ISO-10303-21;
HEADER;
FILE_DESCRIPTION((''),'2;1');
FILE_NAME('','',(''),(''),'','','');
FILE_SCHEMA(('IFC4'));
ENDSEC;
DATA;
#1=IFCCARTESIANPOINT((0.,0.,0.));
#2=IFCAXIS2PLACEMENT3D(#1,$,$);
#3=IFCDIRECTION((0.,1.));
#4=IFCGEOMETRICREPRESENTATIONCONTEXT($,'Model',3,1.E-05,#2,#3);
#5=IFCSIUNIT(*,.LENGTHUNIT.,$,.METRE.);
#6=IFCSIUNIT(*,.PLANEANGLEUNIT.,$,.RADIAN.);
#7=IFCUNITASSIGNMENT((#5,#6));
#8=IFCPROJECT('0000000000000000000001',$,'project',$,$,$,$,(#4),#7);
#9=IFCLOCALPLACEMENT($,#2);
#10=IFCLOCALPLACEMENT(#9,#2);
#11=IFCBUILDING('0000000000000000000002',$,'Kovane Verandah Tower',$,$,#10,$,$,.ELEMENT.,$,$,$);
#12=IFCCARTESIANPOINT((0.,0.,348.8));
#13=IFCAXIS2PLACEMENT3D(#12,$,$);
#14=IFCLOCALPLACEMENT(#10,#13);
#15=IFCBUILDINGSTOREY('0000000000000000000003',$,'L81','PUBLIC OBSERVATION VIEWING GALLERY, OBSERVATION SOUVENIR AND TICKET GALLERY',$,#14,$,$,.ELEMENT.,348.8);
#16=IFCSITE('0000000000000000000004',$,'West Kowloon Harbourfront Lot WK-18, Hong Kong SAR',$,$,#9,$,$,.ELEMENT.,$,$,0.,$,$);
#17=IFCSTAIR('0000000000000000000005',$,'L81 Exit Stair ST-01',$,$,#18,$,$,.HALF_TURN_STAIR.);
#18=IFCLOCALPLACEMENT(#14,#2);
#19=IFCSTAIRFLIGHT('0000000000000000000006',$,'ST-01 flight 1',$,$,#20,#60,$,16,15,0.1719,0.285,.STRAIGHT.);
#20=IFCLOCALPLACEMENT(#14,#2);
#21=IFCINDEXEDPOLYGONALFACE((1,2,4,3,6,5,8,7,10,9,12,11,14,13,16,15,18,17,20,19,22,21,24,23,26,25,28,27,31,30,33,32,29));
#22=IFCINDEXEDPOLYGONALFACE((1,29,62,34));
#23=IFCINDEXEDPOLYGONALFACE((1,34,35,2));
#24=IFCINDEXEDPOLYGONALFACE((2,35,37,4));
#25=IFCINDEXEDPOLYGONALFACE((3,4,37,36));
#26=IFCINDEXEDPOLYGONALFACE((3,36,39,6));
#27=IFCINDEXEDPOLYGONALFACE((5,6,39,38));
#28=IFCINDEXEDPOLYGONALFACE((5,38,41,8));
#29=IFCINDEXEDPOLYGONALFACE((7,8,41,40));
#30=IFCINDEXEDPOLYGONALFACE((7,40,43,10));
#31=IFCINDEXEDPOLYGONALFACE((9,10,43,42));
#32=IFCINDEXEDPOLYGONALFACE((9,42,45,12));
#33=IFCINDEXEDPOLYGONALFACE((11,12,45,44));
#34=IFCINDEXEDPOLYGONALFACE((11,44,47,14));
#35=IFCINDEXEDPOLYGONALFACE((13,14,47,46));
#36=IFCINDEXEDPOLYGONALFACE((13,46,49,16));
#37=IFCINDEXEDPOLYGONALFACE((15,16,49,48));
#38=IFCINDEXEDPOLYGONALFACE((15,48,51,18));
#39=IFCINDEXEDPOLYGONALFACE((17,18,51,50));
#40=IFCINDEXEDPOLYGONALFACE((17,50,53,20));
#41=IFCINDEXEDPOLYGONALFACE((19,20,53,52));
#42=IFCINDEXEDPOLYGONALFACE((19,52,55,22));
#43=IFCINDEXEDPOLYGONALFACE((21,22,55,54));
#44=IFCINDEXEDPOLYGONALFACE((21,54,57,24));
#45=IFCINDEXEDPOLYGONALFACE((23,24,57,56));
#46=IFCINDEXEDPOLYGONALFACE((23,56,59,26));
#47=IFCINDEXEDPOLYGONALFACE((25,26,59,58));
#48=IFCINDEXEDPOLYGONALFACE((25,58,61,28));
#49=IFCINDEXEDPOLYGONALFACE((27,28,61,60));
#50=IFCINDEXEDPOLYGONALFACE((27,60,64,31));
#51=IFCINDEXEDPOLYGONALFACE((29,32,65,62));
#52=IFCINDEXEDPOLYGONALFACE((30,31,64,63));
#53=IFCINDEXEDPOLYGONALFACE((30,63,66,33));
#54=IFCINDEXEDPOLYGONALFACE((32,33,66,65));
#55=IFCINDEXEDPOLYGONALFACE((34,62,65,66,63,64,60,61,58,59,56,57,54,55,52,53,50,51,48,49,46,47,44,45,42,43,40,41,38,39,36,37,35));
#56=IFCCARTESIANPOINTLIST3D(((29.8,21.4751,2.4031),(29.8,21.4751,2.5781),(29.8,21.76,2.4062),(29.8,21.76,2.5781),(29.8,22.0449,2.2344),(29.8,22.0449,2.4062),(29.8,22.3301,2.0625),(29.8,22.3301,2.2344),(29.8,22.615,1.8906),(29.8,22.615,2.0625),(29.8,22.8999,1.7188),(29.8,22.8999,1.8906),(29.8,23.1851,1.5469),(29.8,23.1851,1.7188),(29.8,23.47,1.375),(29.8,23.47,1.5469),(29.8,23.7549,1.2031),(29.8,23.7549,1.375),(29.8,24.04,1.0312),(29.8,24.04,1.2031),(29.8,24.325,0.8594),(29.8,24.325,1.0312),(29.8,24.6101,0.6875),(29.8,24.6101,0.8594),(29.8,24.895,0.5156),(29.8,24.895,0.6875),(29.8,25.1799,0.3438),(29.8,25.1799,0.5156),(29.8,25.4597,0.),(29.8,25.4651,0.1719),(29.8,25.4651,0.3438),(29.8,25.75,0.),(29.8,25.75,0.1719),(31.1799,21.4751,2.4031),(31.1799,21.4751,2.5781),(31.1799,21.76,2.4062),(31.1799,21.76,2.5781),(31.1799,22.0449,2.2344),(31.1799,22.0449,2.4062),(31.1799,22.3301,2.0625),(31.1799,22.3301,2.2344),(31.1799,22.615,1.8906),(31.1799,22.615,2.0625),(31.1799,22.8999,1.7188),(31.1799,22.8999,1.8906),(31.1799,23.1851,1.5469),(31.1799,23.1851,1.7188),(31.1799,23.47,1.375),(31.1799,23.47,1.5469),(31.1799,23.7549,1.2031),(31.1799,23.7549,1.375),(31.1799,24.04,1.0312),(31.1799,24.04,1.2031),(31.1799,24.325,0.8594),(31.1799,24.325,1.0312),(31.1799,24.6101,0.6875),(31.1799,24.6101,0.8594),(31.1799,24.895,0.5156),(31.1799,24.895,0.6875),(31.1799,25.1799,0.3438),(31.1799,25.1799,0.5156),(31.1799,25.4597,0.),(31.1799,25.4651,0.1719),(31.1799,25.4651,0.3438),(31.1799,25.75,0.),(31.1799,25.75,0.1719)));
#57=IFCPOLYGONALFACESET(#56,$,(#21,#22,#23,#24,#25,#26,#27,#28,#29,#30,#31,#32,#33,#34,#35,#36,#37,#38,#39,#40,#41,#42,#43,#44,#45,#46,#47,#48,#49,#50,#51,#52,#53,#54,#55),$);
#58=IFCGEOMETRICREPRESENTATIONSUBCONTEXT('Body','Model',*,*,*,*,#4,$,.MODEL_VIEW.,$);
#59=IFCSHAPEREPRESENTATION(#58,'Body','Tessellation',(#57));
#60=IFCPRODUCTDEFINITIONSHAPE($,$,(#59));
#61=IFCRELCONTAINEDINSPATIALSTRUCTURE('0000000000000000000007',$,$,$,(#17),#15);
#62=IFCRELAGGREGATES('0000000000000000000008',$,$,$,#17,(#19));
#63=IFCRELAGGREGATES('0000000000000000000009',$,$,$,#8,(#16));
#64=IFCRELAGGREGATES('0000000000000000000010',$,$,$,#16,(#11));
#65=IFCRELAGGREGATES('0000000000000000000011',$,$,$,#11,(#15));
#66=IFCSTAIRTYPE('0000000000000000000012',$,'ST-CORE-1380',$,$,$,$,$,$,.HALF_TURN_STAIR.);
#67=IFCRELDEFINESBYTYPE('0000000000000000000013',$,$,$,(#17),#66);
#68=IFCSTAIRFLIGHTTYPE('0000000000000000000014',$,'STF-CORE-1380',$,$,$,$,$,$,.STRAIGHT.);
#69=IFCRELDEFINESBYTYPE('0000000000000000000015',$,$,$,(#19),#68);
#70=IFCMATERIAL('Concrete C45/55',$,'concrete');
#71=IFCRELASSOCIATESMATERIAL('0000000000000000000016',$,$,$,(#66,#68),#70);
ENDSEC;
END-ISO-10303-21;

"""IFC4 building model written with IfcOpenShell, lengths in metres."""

from ifc_helpers import new_model, si_unit, direction, frame, origin, place, context, subcontext, project, spatial, polyline, outline, extrude, material, type_object, element, aggregate, save


model = new_model("IFC4")

# Units and contexts
model_context = context("Model", 3, precision=1e-05, world=origin(), true_north=direction((0.0, 1.0)))
body_context = subcontext(model_context, "Body", "Model", "MODEL_VIEW")
ifc_project = project(units=[si_unit("LENGTHUNIT", "METRE"), si_unit("PLANEANGLEUNIT", "RADIAN")], contexts=[model_context])

# Site, building, storey
site_placement = place(None, origin())
site = spatial("IfcSite", under=ifc_project, at=site_placement, Name="West Kowloon Harbourfront Lot WK-18, Hong Kong SAR", CompositionType="ELEMENT", RefElevation=0.0)
building_placement = place(site_placement, origin())
building = spatial("IfcBuilding", under=site, at=building_placement, Name="Kovane Verandah Tower", CompositionType="ELEMENT")
storey_placement = place(building_placement, frame((0.0, 0.0, 348.8)))
storey = spatial("IfcBuildingStorey", under=building, at=storey_placement, Name="L81", Description="PUBLIC OBSERVATION VIEWING GALLERY, OBSERVATION SOUVENIR AND TICKET GALLERY", CompositionType="ELEMENT", Elevation=348.8)

# Shared definitions
ifc_material_1 = material(Name="Concrete C45/55", Category="concrete")

# Stair, stair flight
stair_type = type_object("IfcStairType", Name="ST-CORE-1380", PredefinedType="HALF_TURN_STAIR", material=ifc_material_1)
stair_placement = place(storey_placement, origin())
stair = element("IfcStair", 1, at=stair_placement, inside=storey, type_object=stair_type, Name="L81 Exit Stair ST-01", PredefinedType="HALF_TURN_STAIR")
stair_flight_type = type_object("IfcStairFlightType", Name="STF-CORE-1380", PredefinedType="STRAIGHT", material=ifc_material_1)
stair_flight_placement = place(storey_placement, frame((30.49, 25.75, 0.0), z_axis=(0.0, 0.0, 1.0), x_axis=(0.0, -1.0, 0.0)))
stair_flight = element("IfcStairFlight", 2, at=stair_flight_placement, type_object=stair_flight_type, Name="ST-01 flight 1", NumberOfRisers=16, NumberOfTreads=15, PredefinedType="STRAIGHT", RiserHeight=0.1719, TreadLength=0.285, context=body_context, shape_type="SweptSolid", body=[
    extrude(outline(polyline([(0.0, 0.0), (0.0, 0.1719), (0.2849, 0.1719), (0.2849, 0.3438), (0.5701, 0.3438), (0.5701, 0.5156), (0.855, 0.5156), (0.855, 0.6875), (1.1399, 0.6875), (1.1399, 0.8594), (1.425, 0.8594), (1.425, 1.0312), (1.71, 1.0312), (1.71, 1.2031), (1.9951, 1.2031), (1.9951, 1.375), (2.28, 1.375), (2.28, 1.5469), (2.5649, 1.5469), (2.5649, 1.7188), (2.8501, 1.7188), (2.8501, 1.8906), (3.135, 1.8906), (3.135, 2.0625), (3.4199, 2.0625), (3.4199, 2.2344), (3.7051, 2.2344), (3.7051, 2.4062), (3.99, 2.4062), (3.99, 2.5781), (4.2749, 2.5781), (4.2749, 2.75), (4.2749, 2.4031), (0.2903, 0.0), (0.0, 0.0)])), frame((0.0, 0.6899, 0.0), z_axis=(0.0, -1.0, 0.0), x_axis=(1.0, 0.0, 0.0)), (0.0, 0.0, 1.0), 1.3799),
])
aggregate(stair, [stair_flight])

save(model, "model.ifc")
